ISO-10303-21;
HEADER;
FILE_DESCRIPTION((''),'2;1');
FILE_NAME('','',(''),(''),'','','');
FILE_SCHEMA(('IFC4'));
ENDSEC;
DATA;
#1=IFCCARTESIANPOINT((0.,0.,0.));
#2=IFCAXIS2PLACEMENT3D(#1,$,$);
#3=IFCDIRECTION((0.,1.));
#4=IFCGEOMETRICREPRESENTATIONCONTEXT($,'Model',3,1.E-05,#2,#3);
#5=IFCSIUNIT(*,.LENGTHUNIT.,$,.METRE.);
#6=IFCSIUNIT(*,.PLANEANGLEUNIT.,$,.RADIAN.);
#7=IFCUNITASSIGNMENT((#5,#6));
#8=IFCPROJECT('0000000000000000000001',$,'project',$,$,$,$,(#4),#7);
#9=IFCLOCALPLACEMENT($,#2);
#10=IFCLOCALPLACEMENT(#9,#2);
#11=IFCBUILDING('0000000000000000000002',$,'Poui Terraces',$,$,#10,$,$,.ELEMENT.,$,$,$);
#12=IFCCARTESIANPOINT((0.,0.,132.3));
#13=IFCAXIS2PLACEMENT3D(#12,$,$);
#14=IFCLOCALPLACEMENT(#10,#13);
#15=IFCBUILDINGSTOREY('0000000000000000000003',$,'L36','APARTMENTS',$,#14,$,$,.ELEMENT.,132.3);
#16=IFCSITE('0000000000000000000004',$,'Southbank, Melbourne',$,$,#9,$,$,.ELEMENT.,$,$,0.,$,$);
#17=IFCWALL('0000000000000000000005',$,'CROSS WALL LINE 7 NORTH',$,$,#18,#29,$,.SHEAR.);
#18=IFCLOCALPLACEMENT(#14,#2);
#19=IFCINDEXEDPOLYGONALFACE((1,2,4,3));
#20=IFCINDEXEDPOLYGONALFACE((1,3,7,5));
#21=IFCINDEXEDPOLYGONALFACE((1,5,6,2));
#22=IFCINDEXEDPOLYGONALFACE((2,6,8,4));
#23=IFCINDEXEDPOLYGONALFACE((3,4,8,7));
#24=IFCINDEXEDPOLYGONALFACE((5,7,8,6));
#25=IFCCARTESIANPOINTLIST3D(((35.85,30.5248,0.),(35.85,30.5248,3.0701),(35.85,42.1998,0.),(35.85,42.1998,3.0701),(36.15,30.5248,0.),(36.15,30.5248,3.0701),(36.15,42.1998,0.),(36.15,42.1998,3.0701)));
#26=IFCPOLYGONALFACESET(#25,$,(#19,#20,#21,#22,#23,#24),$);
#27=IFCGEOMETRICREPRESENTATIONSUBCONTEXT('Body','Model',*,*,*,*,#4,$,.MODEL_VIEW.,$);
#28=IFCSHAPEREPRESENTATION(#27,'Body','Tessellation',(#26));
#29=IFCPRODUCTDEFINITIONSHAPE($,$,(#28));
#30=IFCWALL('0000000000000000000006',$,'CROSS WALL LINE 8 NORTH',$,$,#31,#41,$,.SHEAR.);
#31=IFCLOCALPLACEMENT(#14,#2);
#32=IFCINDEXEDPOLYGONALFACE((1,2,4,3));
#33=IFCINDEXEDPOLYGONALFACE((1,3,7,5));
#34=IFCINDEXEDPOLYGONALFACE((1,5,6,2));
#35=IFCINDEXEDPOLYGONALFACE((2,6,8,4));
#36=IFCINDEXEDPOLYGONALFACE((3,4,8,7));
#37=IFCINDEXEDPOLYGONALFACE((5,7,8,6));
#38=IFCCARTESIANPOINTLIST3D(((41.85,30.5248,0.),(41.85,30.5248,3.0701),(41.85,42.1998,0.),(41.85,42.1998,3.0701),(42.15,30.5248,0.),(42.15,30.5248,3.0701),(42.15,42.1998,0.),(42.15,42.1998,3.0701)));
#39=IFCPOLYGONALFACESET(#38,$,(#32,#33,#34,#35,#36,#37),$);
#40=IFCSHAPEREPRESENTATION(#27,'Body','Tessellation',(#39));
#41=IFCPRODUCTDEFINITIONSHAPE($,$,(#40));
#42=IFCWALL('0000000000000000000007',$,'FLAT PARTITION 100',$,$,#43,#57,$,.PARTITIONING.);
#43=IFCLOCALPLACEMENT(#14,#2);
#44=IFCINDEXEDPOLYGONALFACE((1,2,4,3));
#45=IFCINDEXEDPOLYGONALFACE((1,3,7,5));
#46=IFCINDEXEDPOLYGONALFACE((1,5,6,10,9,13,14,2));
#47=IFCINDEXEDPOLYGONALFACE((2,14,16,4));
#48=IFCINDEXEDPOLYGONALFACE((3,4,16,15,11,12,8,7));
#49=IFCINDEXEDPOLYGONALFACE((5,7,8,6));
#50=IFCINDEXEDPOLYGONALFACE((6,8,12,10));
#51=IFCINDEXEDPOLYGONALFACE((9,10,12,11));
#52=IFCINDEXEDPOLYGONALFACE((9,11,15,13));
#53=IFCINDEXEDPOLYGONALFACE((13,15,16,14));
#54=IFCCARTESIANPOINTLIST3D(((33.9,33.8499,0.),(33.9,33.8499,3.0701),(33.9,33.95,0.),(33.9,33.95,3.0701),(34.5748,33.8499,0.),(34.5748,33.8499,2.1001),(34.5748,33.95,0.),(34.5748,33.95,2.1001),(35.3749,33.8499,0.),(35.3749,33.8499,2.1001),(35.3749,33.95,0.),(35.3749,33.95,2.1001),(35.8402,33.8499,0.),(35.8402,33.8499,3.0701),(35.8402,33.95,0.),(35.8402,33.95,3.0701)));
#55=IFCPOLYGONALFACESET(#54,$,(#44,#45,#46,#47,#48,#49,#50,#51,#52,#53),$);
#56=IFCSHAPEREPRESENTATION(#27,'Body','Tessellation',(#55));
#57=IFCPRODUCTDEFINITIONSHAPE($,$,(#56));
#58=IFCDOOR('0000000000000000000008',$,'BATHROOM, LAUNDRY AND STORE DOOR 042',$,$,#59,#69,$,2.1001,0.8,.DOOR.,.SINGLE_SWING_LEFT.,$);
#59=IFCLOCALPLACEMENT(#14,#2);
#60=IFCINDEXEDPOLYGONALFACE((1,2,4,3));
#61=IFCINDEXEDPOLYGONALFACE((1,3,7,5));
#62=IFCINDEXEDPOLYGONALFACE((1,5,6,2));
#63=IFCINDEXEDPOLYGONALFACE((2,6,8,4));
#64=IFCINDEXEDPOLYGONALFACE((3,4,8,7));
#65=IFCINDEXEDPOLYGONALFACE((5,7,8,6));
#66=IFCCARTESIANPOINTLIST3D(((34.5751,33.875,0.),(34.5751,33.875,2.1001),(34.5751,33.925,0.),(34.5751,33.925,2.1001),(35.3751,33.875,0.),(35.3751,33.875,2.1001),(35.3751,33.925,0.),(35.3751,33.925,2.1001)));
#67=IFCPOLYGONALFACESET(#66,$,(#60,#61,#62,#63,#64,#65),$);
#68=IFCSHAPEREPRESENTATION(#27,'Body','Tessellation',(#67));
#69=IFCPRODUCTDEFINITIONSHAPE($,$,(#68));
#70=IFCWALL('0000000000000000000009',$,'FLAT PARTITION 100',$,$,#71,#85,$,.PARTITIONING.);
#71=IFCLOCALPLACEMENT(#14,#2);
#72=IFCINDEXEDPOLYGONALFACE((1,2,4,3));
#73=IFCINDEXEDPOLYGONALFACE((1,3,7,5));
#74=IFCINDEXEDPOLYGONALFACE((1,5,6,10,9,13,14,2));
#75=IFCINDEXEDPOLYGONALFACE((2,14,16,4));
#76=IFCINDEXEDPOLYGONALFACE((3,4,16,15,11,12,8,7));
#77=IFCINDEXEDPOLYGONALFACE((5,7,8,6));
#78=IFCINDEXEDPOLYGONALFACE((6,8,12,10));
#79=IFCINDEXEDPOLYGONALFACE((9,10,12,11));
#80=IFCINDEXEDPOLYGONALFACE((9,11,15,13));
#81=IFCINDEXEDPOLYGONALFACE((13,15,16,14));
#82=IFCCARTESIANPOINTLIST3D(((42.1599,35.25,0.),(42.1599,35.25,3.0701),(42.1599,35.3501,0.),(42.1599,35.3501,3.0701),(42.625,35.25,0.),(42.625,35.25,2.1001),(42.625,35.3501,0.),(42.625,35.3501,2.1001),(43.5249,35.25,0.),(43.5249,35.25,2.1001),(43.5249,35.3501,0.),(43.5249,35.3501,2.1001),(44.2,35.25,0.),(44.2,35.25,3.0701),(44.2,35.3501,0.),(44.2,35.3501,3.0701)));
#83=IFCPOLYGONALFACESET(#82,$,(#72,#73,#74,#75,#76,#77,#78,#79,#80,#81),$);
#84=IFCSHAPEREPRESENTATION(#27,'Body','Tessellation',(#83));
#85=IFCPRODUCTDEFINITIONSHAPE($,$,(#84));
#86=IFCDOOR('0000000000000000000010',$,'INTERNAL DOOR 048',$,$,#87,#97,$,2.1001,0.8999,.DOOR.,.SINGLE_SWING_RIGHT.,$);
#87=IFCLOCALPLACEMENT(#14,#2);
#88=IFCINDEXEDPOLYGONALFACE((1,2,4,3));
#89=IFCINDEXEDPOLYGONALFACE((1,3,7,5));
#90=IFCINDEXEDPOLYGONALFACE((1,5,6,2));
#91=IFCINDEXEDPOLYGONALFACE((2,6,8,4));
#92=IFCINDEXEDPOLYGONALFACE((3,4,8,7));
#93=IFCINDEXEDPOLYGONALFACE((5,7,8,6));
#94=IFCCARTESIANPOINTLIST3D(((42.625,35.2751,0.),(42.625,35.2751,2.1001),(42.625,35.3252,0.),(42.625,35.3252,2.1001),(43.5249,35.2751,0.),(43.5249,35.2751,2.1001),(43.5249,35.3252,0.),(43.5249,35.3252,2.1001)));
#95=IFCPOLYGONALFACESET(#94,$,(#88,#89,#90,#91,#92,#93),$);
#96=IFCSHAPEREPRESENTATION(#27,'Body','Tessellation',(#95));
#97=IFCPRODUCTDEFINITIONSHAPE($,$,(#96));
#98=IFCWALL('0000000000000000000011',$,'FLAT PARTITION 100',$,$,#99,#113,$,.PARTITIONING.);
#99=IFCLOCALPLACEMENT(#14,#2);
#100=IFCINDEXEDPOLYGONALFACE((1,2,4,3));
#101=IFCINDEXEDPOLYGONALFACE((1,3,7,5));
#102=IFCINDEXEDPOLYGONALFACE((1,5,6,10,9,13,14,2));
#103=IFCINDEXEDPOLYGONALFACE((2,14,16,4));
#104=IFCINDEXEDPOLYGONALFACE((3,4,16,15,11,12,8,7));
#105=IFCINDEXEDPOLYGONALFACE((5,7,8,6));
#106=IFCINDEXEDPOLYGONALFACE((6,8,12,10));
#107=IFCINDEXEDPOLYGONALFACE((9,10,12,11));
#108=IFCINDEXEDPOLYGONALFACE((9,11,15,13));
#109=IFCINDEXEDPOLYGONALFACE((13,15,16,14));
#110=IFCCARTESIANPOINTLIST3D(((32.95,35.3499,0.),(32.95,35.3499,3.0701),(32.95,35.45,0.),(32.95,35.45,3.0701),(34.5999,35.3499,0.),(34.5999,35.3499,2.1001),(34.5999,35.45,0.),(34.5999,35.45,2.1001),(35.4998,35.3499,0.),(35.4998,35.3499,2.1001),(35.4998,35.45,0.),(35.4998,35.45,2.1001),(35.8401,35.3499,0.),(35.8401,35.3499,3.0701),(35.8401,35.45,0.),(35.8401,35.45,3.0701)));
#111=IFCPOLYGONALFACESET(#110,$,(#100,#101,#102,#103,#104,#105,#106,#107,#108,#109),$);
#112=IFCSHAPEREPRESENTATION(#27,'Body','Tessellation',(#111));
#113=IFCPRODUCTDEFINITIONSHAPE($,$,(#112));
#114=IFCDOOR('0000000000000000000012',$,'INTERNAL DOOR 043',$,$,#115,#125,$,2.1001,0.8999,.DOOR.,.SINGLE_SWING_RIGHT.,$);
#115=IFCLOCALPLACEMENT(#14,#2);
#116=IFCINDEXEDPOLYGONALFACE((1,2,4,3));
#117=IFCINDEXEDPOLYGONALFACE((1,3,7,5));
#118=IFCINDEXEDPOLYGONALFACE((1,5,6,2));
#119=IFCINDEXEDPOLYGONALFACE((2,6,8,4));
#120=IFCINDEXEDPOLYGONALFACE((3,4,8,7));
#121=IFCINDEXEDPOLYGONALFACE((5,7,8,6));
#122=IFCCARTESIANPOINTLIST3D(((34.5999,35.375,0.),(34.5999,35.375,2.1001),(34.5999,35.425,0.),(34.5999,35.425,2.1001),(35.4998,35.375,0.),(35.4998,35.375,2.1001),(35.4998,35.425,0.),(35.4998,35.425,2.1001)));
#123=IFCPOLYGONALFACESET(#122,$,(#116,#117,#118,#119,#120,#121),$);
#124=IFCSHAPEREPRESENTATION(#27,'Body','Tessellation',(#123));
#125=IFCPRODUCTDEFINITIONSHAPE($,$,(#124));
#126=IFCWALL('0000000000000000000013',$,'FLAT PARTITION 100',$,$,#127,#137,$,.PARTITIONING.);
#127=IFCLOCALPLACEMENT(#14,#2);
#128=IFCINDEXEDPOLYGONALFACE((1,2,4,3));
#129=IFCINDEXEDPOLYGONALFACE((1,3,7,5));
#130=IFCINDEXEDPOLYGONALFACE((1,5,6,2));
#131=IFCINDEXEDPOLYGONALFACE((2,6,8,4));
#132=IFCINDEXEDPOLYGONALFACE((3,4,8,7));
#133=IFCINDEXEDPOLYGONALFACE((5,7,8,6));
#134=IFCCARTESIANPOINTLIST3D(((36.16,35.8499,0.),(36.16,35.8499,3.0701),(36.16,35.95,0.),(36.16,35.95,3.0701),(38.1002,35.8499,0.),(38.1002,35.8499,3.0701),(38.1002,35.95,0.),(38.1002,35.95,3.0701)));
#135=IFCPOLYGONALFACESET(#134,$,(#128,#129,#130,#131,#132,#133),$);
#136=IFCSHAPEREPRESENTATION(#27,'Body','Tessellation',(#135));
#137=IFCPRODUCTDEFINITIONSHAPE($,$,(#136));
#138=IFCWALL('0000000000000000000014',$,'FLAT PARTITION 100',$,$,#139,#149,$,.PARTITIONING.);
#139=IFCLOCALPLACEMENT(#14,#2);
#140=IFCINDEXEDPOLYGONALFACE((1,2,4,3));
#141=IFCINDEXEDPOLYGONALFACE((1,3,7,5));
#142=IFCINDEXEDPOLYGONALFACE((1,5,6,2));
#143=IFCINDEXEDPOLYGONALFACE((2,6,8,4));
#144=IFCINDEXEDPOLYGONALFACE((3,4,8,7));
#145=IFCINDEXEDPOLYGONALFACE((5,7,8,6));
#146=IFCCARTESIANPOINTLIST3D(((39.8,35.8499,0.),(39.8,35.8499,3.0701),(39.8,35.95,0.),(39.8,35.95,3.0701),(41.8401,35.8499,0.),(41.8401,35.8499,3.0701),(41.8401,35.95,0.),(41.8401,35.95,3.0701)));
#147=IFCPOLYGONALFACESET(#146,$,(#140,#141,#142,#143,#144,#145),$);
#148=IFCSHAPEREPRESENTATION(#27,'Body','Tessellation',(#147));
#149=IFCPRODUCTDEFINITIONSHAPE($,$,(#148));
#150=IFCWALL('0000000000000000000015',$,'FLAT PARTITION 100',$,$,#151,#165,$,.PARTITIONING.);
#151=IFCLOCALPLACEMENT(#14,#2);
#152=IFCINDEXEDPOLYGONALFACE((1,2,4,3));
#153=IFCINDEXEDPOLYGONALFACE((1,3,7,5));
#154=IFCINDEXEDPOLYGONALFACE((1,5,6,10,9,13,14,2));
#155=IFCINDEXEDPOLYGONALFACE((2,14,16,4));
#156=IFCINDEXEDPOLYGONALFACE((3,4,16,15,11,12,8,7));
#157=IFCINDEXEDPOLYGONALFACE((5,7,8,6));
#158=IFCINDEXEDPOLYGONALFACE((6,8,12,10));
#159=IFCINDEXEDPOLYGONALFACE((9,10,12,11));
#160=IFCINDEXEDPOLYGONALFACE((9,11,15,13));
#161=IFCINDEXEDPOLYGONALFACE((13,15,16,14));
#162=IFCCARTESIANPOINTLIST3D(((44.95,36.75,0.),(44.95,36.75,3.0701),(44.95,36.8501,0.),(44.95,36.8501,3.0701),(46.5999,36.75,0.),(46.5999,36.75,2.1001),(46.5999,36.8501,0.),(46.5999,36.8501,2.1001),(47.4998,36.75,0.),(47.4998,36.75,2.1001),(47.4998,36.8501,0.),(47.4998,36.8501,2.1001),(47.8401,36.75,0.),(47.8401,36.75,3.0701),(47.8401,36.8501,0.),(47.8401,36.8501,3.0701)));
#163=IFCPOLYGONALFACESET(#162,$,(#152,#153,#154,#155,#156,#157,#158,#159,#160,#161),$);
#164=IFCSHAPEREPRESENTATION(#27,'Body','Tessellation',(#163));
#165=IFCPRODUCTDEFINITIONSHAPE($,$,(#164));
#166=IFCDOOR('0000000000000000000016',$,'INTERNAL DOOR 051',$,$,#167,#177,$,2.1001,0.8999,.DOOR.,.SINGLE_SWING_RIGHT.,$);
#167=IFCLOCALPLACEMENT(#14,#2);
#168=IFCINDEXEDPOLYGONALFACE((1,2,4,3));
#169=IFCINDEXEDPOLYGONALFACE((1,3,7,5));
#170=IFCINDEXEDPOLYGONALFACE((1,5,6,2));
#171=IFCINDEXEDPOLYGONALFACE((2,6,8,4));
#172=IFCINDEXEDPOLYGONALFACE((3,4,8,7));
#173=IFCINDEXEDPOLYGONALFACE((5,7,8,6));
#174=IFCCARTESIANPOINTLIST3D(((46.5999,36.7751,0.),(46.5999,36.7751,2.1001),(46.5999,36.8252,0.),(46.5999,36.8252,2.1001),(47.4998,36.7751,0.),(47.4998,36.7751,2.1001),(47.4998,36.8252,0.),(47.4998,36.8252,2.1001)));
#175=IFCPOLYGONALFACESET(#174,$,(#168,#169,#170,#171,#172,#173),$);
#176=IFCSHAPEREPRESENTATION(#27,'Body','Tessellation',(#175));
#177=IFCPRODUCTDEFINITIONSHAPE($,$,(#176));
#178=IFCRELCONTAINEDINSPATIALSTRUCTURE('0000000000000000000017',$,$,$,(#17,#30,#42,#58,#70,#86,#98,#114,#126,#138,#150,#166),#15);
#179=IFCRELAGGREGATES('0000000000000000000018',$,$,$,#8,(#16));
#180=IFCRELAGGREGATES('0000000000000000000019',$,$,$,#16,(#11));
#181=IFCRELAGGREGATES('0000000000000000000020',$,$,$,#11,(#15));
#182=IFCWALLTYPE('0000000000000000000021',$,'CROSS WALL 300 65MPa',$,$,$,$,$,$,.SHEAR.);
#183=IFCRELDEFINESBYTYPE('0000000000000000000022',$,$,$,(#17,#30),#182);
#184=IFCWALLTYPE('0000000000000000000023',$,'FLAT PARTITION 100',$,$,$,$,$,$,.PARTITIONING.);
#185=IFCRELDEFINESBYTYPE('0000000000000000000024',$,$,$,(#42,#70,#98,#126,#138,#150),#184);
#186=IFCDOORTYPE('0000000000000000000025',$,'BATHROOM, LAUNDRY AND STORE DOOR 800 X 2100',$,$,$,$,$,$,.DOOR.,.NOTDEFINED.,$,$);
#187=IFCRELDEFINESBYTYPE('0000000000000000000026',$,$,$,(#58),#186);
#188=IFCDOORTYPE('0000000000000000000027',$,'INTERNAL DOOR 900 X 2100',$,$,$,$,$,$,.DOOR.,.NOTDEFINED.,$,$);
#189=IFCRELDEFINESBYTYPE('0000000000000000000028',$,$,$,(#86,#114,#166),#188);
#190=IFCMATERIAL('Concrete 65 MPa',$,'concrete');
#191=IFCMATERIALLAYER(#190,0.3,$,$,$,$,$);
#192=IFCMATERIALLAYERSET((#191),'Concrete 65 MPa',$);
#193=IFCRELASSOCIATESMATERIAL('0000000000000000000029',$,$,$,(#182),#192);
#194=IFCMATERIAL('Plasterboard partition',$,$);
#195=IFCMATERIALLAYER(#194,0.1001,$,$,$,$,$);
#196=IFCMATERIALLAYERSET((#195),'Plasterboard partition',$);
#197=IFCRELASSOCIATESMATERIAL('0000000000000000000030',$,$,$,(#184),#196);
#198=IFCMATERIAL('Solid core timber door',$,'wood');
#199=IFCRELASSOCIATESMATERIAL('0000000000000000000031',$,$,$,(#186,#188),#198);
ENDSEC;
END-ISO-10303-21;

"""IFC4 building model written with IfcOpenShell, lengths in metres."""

from ifc_helpers import new_model, si_unit, direction, frame, frame_2d, origin, place, context, subcontext, project, spatial, rectangle, extrude, material, layer, layer_set, type_object, element, fill, save


model = new_model("IFC4")

# Units and contexts
model_context = context("Model", 3, precision=1e-05, world=origin(), true_north=direction((0.0, 1.0)))
body_context = subcontext(model_context, "Body", "Model", "MODEL_VIEW")
ifc_project = project(units=[si_unit("LENGTHUNIT", "METRE"), si_unit("PLANEANGLEUNIT", "RADIAN")], contexts=[model_context])

# Site, building, storey
site_placement = place(None, origin())
site = spatial("IfcSite", under=ifc_project, at=site_placement, Name="Southbank, Melbourne", CompositionType="ELEMENT", RefElevation=0.0)
building_placement = place(site_placement, origin())
building = spatial("IfcBuilding", under=site, at=building_placement, Name="Poui Terraces", CompositionType="ELEMENT")
storey_placement = place(building_placement, frame((0.0, 0.0, 132.3)))
storey = spatial("IfcBuildingStorey", under=building, at=storey_placement, Name="L36", Description="APARTMENTS", CompositionType="ELEMENT", Elevation=132.3)

# Walls
ifc_material_1 = material(Name="Concrete 65 MPa", Category="concrete")
ifc_layer_1 = layer(ifc_material_1, 0.3)
ifc_layer_set_1 = layer_set([ifc_layer_1], Name="Concrete 65 MPa")
wall_type_1 = type_object("IfcWallType", Name="CROSS WALL 300 65MPa", PredefinedType="SHEAR", material=ifc_layer_set_1)
for number, where, z_axis, x_axis, name in (
    (1, (36.0, 30.5249, 0.0), (0.0, 0.0, 1.0), (0.0, 1.0, 0.0), "CROSS WALL LINE 7 NORTH"),
    (2, (42.0, 30.5249, 0.0), (0.0, 0.0, 1.0), (0.0, 1.0, 0.0), "CROSS WALL LINE 8 NORTH"),
):
    element("IfcWall", number, at=place(storey_placement, frame(where, z_axis=z_axis, x_axis=x_axis)), inside=storey, type_object=wall_type_1, Name=name, PredefinedType="SHEAR", context=body_context, shape_type="SweptSolid", body=[
        extrude(rectangle(XDim=11.675, YDim=0.3, at=frame_2d((5.8374, 0.0))), origin(), (0.0, 0.0, 1.0), 3.0701),
    ])

# Walls, openings, doors
ifc_material_2 = material(Name="Plasterboard partition")
ifc_layer_2 = layer(ifc_material_2, 0.1001)
ifc_layer_set_2 = layer_set([ifc_layer_2], Name="Plasterboard partition")
wall_type_2 = type_object("IfcWallType", Name="FLAT PARTITION 100", PredefinedType="PARTITIONING", material=ifc_layer_set_2)
wall_1_placement = place(storey_placement, frame((33.8999, 33.8999, 0.0), z_axis=(0.0, 0.0, 1.0), x_axis=(1.0, 0.0, 0.0)))
wall_1 = element("IfcWall", 3, at=wall_1_placement, inside=storey, type_object=wall_type_2, Name="FLAT PARTITION 100", PredefinedType="PARTITIONING", context=body_context, shape_type="SweptSolid", body=[
    extrude(rectangle(XDim=1.9402, YDim=0.1001, at=frame_2d((0.9702, 0.0))), origin(), (0.0, 0.0, 1.0), 3.0701),
])
opening_1_placement = place(wall_1_placement, frame((0.675, 0.0, 0.0)))
opening_1 = element("IfcOpeningElement", 4, at=opening_1_placement, cuts=wall_1, PredefinedType="OPENING", context=body_context, shape_type="SweptSolid", body=[
    extrude(rectangle(XDim=0.8, YDim=2.1001, at=frame_2d((0.3999, 1.05))), frame((0.0, 0.0601, 0.0), z_axis=(0.0, -1.0, 0.0), x_axis=(1.0, 0.0, 0.0)), (0.0, 0.0, 1.0), 0.1201),
])
ifc_material_3 = material(Name="Solid core timber door", Category="wood")
door_type_1 = type_object("IfcDoorType", Name="BATHROOM, LAUNDRY AND STORE DOOR 800 X 2100", OperationType="NOTDEFINED", PredefinedType="DOOR", material=ifc_material_3)
door_1_placement = place(opening_1_placement, frame((0.8, 0.0, 0.0), z_axis=(0.0, 0.0, 1.0), x_axis=(-1.0, 0.0, 0.0)))
door_1 = element("IfcDoor", 5, at=door_1_placement, inside=storey, type_object=door_type_1, Name="BATHROOM, LAUNDRY AND STORE DOOR 042", OperationType="SINGLE_SWING_LEFT", OverallHeight=2.1001, OverallWidth=0.8, PredefinedType="DOOR", context=body_context, shape_type="SweptSolid", body=[
    extrude(rectangle(XDim=0.8, YDim=2.1001, at=frame_2d((0.3999, 1.05))), frame((0.0, 0.0249, 0.0), z_axis=(0.0, -1.0, 0.0), x_axis=(1.0, 0.0, 0.0)), (0.0, 0.0, 1.0), 0.05),
])
fill(opening_1, door_1)
wall_2_placement = place(storey_placement, frame((42.1599, 35.3, 0.0), z_axis=(0.0, 0.0, 1.0), x_axis=(1.0, 0.0, 0.0)))
wall_2 = element("IfcWall", 6, at=wall_2_placement, inside=storey, type_object=wall_type_2, Name="FLAT PARTITION 100", PredefinedType="PARTITIONING", context=body_context, shape_type="SweptSolid", body=[
    extrude(rectangle(XDim=2.04, YDim=0.1001, at=frame_2d((1.02, 0.0))), origin(), (0.0, 0.0, 1.0), 3.0701),
])
opening_2_placement = place(wall_2_placement, frame((0.4651, 0.0, 0.0)))
opening_2 = element("IfcOpeningElement", 7, at=opening_2_placement, cuts=wall_2, PredefinedType="OPENING", context=body_context, shape_type="SweptSolid", body=[
    extrude(rectangle(XDim=0.8999, YDim=2.1001, at=frame_2d((0.45, 1.05))), frame((0.0, 0.0601, 0.0), z_axis=(0.0, -1.0, 0.0), x_axis=(1.0, 0.0, 0.0)), (0.0, 0.0, 1.0), 0.1201),
])
door_type_2 = type_object("IfcDoorType", Name="INTERNAL DOOR 900 X 2100", OperationType="NOTDEFINED", PredefinedType="DOOR", material=ifc_material_3)
door_2_placement = place(opening_2_placement, frame((0.8999, 0.0, 0.0), z_axis=(0.0, 0.0, 1.0), x_axis=(-1.0, 0.0, 0.0)))
door_2 = element("IfcDoor", 8, at=door_2_placement, inside=storey, type_object=door_type_2, Name="INTERNAL DOOR 048", OperationType="SINGLE_SWING_RIGHT", OverallHeight=2.1001, OverallWidth=0.8999, PredefinedType="DOOR", context=body_context, shape_type="SweptSolid", body=[
    extrude(rectangle(XDim=0.8999, YDim=2.1001, at=frame_2d((0.45, 1.05))), frame((0.0, 0.0249, 0.0), z_axis=(0.0, -1.0, 0.0), x_axis=(1.0, 0.0, 0.0)), (0.0, 0.0, 1.0), 0.05),
])
fill(opening_2, door_2)
wall_3_placement = place(storey_placement, frame((32.95, 35.3999, 0.0), z_axis=(0.0, 0.0, 1.0), x_axis=(1.0, 0.0, 0.0)))
wall_3 = element("IfcWall", 9, at=wall_3_placement, inside=storey, type_object=wall_type_2, Name="FLAT PARTITION 100", PredefinedType="PARTITIONING", context=body_context, shape_type="SweptSolid", body=[
    extrude(rectangle(XDim=2.8901, YDim=0.1001, at=frame_2d((1.4451, 0.0))), origin(), (0.0, 0.0, 1.0), 3.0701),
])
opening_3_placement = place(wall_3_placement, frame((1.6499, 0.0, 0.0)))
opening_3 = element("IfcOpeningElement", 10, at=opening_3_placement, cuts=wall_3, PredefinedType="OPENING", context=body_context, shape_type="SweptSolid", body=[
    extrude(rectangle(XDim=0.8999, YDim=2.1001, at=frame_2d((0.45, 1.05))), frame((0.0, 0.0601, 0.0), z_axis=(0.0, -1.0, 0.0), x_axis=(1.0, 0.0, 0.0)), (0.0, 0.0, 1.0), 0.1201),
])
door_3_placement = place(opening_3_placement, frame((0.8999, 0.0, 0.0), z_axis=(0.0, 0.0, 1.0), x_axis=(-1.0, 0.0, 0.0)))
door_3 = element("IfcDoor", 11, at=door_3_placement, inside=storey, type_object=door_type_2, Name="INTERNAL DOOR 043", OperationType="SINGLE_SWING_RIGHT", OverallHeight=2.1001, OverallWidth=0.8999, PredefinedType="DOOR", context=body_context, shape_type="SweptSolid", body=[
    extrude(rectangle(XDim=0.8999, YDim=2.1001, at=frame_2d((0.45, 1.05))), frame((0.0, 0.0249, 0.0), z_axis=(0.0, -1.0, 0.0), x_axis=(1.0, 0.0, 0.0)), (0.0, 0.0, 1.0), 0.05),
])
fill(opening_3, door_3)

# Walls
wall_4_placement = place(storey_placement, frame((36.1599, 35.8999, 0.0), z_axis=(0.0, 0.0, 1.0), x_axis=(1.0, 0.0, 0.0)))
element("IfcWall", 12, at=wall_4_placement, inside=storey, type_object=wall_type_2, Name="FLAT PARTITION 100", PredefinedType="PARTITIONING", context=body_context, shape_type="SweptSolid", body=[
    extrude(rectangle(XDim=1.9402, YDim=0.1001, at=frame_2d((0.9702, 0.0))), origin(), (0.0, 0.0, 1.0), 3.0701),
])
wall_5_placement = place(storey_placement, frame((39.8, 35.8999, 0.0), z_axis=(0.0, 0.0, 1.0), x_axis=(1.0, 0.0, 0.0)))
element("IfcWall", 13, at=wall_5_placement, inside=storey, type_object=wall_type_2, Name="FLAT PARTITION 100", PredefinedType="PARTITIONING", context=body_context, shape_type="SweptSolid", body=[
    extrude(rectangle(XDim=2.04, YDim=0.1001, at=frame_2d((1.02, 0.0))), origin(), (0.0, 0.0, 1.0), 3.0701),
])

# Wall, opening, door
wall_6_placement = place(storey_placement, frame((44.95, 36.8, 0.0), z_axis=(0.0, 0.0, 1.0), x_axis=(1.0, 0.0, 0.0)))
wall_6 = element("IfcWall", 14, at=wall_6_placement, inside=storey, type_object=wall_type_2, Name="FLAT PARTITION 100", PredefinedType="PARTITIONING", context=body_context, shape_type="SweptSolid", body=[
    extrude(rectangle(XDim=2.8901, YDim=0.1001, at=frame_2d((1.4451, 0.0))), origin(), (0.0, 0.0, 1.0), 3.0701),
])
opening_4_placement = place(wall_6_placement, frame((1.6499, 0.0, 0.0)))
opening_4 = element("IfcOpeningElement", 15, at=opening_4_placement, cuts=wall_6, PredefinedType="OPENING", context=body_context, shape_type="SweptSolid", body=[
    extrude(rectangle(XDim=0.8999, YDim=2.1001, at=frame_2d((0.45, 1.05))), frame((0.0, 0.0601, 0.0), z_axis=(0.0, -1.0, 0.0), x_axis=(1.0, 0.0, 0.0)), (0.0, 0.0, 1.0), 0.1201),
])
door_4_placement = place(opening_4_placement, frame((0.8999, 0.0, 0.0), z_axis=(0.0, 0.0, 1.0), x_axis=(-1.0, 0.0, 0.0)))
door_4 = element("IfcDoor", 16, at=door_4_placement, inside=storey, type_object=door_type_2, Name="INTERNAL DOOR 051", OperationType="SINGLE_SWING_RIGHT", OverallHeight=2.1001, OverallWidth=0.8999, PredefinedType="DOOR", context=body_context, shape_type="SweptSolid", body=[
    extrude(rectangle(XDim=0.8999, YDim=2.1001, at=frame_2d((0.45, 1.05))), frame((0.0, 0.0249, 0.0), z_axis=(0.0, -1.0, 0.0), x_axis=(1.0, 0.0, 0.0)), (0.0, 0.0, 1.0), 0.05),
])
fill(opening_4, door_4)

save(model, "model.ifc")
